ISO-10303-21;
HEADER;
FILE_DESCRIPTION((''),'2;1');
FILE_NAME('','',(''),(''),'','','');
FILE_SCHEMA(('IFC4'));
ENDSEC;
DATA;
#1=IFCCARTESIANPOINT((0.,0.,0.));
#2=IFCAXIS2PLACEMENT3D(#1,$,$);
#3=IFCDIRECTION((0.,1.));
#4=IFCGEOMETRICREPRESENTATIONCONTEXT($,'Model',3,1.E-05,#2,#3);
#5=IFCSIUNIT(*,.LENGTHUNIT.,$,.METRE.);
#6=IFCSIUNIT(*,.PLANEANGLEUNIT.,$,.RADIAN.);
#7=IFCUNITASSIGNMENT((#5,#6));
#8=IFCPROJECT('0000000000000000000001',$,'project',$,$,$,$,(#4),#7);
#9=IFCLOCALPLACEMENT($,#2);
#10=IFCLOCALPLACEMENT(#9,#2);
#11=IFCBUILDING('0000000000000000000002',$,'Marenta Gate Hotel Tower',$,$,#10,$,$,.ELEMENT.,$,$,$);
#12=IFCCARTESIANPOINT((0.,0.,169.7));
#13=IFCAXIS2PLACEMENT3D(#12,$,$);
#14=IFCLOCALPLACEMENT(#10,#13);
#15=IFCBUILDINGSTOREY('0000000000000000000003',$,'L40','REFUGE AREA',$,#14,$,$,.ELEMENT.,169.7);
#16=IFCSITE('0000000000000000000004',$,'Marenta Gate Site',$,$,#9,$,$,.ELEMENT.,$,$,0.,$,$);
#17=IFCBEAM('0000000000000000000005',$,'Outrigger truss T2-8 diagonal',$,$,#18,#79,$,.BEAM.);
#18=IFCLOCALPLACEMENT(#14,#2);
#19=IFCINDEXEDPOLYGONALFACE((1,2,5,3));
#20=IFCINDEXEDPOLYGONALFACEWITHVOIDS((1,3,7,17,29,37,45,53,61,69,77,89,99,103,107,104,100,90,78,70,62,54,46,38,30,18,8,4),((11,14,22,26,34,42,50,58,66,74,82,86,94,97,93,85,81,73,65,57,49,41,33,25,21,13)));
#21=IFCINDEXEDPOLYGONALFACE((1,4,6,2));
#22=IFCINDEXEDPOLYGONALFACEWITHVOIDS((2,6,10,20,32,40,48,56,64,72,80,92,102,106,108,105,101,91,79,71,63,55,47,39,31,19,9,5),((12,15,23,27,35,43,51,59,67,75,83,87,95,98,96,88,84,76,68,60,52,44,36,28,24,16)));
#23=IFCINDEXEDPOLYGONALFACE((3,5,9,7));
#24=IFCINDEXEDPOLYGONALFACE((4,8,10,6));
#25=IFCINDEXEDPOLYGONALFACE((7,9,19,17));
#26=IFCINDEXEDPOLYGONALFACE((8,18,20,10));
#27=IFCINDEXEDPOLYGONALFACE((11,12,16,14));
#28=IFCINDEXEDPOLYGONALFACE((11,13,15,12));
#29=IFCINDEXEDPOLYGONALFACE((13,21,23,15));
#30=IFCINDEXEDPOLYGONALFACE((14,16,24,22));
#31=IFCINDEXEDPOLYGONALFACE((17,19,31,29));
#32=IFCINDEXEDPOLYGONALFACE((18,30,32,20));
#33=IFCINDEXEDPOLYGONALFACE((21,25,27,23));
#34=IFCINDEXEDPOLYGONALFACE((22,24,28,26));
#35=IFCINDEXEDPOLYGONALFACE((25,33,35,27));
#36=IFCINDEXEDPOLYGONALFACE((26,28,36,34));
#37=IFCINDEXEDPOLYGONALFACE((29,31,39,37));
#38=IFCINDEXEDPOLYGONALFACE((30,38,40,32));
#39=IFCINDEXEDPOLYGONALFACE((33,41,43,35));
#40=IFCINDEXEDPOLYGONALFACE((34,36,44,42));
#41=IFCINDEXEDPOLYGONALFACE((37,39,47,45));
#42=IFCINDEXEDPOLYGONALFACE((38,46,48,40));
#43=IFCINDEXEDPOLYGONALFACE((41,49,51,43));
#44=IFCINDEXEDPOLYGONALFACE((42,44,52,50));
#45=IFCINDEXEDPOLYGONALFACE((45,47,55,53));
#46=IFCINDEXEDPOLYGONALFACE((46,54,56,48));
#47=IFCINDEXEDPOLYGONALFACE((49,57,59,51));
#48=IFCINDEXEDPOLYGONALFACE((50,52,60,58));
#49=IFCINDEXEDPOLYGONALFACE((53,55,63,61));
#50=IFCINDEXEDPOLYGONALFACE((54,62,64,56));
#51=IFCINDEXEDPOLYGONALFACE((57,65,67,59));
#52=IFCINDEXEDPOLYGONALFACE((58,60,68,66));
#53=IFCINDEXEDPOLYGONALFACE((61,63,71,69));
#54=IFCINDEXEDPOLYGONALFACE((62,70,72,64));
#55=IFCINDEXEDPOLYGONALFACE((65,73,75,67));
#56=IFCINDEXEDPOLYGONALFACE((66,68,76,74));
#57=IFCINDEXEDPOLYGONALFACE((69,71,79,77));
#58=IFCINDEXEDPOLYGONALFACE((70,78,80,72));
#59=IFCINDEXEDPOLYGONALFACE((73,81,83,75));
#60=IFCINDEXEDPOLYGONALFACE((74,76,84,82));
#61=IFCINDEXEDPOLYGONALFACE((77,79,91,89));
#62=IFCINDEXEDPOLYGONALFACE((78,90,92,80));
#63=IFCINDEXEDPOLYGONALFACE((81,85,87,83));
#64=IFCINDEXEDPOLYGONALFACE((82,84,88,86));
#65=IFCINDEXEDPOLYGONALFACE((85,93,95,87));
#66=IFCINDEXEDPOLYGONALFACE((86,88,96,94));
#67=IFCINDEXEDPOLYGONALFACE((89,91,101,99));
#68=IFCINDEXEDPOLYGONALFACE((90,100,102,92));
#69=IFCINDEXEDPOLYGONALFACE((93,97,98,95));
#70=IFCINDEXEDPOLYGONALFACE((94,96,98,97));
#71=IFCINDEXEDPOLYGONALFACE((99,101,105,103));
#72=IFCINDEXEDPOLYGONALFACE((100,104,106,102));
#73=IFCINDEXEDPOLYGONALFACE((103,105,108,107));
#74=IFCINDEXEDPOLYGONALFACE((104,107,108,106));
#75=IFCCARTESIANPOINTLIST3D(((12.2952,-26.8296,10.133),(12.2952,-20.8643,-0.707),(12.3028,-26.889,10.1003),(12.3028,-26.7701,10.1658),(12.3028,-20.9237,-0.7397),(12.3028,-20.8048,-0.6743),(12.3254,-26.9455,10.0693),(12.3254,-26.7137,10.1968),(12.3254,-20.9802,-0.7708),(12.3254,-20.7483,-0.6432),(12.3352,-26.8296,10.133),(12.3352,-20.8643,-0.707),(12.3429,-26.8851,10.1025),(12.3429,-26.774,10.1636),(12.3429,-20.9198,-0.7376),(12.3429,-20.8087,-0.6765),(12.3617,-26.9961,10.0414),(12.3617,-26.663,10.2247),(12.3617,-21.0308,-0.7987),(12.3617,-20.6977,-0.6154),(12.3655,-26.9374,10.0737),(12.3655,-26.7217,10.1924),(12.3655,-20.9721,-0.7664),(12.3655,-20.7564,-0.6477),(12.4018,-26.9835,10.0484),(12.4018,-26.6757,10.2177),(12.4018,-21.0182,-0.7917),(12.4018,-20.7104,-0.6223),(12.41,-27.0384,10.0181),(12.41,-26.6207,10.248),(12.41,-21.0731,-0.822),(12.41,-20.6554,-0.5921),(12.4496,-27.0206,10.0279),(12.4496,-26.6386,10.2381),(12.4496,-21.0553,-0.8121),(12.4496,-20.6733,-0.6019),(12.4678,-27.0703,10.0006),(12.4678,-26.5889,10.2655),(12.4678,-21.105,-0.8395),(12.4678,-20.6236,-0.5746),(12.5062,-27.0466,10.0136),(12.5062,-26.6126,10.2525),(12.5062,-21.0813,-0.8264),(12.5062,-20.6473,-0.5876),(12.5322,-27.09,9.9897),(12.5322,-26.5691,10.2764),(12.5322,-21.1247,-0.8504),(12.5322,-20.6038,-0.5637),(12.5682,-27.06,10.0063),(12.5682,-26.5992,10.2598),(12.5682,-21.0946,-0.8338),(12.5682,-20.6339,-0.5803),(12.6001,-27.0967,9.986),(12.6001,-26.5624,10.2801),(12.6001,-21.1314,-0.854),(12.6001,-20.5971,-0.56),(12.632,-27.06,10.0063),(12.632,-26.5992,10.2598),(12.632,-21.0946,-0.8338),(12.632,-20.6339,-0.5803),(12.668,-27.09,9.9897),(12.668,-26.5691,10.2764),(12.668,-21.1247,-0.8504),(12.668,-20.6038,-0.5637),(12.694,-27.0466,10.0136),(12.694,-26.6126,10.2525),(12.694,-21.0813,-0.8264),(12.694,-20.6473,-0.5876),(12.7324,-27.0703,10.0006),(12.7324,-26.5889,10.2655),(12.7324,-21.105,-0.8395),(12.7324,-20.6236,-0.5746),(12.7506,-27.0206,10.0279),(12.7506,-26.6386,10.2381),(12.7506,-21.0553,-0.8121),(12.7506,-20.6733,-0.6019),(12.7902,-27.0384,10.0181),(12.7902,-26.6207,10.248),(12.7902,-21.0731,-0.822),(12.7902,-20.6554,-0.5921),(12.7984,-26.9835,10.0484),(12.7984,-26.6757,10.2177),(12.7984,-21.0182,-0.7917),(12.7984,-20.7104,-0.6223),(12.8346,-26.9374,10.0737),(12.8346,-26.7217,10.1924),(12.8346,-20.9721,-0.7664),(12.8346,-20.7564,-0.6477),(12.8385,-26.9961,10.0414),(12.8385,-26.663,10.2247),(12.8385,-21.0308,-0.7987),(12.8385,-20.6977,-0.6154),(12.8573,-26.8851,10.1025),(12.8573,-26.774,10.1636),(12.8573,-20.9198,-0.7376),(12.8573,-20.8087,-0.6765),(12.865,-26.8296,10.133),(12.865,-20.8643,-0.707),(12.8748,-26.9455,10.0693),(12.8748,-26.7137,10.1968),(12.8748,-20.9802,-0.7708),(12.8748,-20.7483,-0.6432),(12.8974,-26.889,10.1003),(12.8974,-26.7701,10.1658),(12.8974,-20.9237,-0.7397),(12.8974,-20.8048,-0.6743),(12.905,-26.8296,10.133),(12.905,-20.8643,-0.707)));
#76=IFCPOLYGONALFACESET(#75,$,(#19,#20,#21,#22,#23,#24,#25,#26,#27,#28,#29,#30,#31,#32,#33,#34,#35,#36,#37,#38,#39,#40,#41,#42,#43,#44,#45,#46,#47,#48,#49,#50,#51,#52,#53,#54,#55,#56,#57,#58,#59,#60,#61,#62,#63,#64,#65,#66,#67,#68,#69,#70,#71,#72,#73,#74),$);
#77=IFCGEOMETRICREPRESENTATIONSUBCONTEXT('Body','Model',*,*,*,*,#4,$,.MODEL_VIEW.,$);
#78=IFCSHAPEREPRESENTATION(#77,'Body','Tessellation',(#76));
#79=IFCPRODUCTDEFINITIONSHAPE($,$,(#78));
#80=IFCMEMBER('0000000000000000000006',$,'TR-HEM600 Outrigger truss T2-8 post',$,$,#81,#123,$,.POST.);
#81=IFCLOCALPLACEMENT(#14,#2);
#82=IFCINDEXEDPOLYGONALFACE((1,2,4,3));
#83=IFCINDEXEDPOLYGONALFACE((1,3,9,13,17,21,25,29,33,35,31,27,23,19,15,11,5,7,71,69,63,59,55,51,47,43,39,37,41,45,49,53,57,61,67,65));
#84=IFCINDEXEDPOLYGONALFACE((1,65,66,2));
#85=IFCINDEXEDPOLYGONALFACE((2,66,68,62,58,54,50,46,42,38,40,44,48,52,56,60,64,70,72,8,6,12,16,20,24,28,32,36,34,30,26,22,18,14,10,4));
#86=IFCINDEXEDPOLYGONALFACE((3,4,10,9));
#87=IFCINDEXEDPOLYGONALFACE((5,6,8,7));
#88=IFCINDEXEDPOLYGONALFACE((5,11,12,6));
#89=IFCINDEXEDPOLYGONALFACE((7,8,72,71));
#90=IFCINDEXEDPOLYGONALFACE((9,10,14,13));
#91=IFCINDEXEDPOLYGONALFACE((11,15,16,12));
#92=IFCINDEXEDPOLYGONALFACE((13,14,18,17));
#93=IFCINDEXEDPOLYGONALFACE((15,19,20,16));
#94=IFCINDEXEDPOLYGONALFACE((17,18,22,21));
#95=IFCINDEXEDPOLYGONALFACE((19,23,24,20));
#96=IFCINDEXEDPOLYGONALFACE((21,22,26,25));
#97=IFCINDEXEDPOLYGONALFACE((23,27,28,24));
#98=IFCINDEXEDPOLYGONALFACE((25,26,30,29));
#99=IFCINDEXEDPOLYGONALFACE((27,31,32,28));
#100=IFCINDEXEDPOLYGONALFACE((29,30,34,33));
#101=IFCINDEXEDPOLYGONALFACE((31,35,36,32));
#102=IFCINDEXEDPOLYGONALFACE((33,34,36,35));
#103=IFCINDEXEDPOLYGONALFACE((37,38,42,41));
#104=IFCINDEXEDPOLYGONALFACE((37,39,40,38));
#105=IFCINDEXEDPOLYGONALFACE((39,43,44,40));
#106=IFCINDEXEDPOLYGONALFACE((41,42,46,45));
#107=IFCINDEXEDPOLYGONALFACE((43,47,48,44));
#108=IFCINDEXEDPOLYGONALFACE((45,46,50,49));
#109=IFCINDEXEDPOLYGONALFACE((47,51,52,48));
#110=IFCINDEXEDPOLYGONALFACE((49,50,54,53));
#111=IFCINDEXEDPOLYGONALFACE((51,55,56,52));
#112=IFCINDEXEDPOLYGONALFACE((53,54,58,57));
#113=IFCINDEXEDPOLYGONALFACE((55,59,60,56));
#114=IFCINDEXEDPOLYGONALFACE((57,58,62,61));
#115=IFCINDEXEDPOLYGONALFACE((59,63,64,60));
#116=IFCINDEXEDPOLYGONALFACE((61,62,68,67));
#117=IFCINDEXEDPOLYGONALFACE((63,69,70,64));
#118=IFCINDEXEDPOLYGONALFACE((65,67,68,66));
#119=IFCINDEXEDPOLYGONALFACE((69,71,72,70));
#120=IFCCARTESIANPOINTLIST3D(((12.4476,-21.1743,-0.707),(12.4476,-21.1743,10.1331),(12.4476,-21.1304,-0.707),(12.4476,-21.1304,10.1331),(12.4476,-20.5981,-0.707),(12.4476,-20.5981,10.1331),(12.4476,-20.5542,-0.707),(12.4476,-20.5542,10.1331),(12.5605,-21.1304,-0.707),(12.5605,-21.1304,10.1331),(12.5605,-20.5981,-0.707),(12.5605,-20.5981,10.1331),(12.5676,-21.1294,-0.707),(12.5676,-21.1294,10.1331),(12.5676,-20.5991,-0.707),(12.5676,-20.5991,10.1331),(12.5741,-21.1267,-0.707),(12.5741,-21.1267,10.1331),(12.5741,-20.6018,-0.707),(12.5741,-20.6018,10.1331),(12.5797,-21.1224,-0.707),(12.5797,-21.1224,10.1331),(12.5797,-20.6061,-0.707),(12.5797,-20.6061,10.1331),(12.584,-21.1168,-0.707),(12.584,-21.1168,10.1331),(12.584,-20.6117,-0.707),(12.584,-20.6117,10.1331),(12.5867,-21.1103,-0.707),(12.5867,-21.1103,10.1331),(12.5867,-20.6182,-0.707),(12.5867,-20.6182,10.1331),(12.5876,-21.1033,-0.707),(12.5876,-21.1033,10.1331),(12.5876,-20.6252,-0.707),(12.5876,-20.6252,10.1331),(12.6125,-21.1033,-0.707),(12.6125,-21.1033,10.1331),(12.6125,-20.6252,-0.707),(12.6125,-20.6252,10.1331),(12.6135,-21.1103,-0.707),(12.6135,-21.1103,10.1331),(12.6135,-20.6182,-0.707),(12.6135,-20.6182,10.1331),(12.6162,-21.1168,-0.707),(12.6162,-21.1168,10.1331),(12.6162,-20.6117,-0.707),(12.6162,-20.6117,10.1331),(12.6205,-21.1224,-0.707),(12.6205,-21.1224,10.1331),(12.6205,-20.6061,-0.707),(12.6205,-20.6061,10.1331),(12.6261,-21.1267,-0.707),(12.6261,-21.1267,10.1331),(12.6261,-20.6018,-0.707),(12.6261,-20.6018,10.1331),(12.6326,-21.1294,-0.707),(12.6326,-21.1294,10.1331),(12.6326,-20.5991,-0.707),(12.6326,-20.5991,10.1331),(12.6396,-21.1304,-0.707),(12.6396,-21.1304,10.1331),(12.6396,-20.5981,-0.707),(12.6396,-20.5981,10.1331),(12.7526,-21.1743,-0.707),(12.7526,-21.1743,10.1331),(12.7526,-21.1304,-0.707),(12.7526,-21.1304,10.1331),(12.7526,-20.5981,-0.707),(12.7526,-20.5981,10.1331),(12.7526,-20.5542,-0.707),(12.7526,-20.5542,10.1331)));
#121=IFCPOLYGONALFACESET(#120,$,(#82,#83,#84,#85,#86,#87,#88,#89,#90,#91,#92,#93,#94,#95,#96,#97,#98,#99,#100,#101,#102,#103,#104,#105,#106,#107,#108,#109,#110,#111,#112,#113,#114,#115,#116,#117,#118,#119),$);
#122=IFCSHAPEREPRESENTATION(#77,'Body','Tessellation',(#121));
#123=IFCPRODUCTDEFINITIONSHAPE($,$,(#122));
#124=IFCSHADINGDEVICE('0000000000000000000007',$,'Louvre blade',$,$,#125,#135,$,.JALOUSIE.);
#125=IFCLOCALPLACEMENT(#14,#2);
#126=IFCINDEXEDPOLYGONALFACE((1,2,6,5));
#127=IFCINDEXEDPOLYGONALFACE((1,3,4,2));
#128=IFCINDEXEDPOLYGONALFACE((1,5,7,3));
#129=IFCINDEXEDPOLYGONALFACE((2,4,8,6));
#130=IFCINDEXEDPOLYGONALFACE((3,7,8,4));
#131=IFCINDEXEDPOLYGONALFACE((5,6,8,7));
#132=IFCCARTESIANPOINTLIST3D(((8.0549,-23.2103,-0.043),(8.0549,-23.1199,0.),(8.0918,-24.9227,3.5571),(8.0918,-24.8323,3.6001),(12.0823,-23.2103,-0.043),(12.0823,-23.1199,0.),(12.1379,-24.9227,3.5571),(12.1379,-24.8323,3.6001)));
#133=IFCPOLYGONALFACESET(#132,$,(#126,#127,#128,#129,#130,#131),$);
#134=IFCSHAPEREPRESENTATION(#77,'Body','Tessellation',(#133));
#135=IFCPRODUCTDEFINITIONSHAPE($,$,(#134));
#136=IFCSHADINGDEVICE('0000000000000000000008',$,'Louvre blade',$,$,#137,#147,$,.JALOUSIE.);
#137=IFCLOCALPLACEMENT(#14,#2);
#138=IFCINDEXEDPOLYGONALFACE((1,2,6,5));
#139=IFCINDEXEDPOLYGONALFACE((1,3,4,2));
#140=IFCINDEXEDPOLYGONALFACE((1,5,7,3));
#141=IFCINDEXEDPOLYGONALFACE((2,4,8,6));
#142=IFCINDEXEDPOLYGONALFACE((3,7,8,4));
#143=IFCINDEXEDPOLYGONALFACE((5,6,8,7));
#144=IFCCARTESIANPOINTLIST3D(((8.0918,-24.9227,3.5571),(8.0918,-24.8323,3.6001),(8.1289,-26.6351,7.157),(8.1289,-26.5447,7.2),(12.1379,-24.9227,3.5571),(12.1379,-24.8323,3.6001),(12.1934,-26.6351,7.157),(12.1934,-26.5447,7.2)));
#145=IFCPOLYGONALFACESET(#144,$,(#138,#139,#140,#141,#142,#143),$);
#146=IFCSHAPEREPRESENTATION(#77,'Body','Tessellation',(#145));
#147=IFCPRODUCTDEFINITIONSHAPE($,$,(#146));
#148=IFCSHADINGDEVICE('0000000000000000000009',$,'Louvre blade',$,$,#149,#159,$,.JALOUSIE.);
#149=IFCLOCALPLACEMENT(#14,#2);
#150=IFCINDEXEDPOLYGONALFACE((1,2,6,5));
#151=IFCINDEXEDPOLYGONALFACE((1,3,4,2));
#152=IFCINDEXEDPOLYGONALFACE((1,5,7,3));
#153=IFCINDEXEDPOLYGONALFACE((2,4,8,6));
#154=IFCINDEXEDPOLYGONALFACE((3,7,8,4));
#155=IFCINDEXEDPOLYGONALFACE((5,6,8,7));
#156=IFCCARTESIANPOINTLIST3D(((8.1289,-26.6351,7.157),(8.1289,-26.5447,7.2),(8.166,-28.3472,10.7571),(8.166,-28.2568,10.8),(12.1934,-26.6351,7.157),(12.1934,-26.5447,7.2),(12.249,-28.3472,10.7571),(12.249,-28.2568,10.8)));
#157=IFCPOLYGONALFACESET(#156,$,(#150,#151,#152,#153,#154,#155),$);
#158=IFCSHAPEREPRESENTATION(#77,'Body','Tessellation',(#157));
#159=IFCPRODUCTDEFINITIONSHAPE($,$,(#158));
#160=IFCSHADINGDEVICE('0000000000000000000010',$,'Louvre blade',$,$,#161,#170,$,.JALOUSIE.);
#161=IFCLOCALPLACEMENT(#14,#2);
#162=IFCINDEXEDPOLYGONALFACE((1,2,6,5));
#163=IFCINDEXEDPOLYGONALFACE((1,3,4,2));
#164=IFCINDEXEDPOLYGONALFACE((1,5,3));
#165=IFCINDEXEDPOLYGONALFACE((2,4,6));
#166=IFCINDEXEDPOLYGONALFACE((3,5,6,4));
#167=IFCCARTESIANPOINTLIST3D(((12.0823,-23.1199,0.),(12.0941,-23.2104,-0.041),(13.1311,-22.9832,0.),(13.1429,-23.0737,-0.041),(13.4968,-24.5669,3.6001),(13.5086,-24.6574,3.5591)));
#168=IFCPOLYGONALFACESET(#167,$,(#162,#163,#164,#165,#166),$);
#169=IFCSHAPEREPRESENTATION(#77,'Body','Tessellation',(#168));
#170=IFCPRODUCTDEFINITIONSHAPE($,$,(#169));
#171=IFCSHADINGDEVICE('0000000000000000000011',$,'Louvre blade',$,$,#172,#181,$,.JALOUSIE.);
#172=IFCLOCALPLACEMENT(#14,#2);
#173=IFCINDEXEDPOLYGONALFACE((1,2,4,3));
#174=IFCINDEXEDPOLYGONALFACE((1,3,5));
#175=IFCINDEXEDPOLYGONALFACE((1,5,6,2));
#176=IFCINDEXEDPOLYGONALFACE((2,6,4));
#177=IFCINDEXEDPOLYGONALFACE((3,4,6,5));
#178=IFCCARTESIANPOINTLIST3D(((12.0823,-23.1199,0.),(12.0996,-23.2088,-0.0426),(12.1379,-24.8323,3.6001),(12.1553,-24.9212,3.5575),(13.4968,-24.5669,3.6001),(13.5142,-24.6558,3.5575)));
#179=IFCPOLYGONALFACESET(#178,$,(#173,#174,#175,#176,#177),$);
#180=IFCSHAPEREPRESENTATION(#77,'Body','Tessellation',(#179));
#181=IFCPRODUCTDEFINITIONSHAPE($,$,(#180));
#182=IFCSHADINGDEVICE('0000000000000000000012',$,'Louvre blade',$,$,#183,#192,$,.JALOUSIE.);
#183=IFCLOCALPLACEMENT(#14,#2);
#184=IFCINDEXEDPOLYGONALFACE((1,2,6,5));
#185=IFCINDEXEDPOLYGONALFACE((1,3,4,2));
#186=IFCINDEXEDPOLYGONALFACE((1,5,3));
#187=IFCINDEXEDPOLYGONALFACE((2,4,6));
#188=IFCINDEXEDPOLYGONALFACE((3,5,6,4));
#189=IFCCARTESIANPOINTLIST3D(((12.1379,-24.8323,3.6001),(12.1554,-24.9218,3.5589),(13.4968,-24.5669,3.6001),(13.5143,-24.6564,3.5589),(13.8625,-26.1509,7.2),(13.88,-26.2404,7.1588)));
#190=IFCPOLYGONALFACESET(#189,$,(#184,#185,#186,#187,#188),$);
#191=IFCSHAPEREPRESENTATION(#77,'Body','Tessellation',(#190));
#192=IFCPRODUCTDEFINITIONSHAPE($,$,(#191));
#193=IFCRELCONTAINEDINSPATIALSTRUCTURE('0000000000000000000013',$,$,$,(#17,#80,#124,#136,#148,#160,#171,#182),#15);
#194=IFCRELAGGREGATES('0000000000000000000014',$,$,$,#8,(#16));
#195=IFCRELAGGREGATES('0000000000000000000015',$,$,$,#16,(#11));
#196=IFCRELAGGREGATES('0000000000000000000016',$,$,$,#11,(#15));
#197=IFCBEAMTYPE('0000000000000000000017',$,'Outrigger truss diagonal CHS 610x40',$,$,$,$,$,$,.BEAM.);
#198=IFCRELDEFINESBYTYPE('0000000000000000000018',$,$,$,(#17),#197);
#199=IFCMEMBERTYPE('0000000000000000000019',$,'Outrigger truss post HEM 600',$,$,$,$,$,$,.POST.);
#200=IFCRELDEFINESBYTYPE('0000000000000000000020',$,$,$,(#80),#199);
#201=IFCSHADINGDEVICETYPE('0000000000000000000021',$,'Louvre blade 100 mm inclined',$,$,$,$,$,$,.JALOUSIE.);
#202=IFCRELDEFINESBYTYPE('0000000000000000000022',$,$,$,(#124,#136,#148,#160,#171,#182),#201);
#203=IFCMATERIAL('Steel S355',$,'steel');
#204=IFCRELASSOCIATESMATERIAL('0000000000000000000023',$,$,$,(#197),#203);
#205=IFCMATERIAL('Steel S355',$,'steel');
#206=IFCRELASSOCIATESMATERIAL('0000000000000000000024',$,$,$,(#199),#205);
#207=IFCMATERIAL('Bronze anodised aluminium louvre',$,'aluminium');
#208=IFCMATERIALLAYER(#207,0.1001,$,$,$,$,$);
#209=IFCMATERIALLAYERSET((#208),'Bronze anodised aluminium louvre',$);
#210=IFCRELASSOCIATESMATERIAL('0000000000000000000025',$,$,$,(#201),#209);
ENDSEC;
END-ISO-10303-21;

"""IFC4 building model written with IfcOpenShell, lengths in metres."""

from ifc_helpers import new_model, si_unit, direction, frame, origin, origin_2d, place, context, subcontext, project, spatial, polyline, hollow_circle, i_section, outline, extrude, material, layer, layer_set, material_profile, profile_set, type_object, element, save


model = new_model("IFC4")

# Units and contexts
model_context = context("Model", 3, precision=1e-05, world=origin(), true_north=direction((0.0, 1.0)))
body_context = subcontext(model_context, "Body", "Model", "MODEL_VIEW")
ifc_project = project(units=[si_unit("LENGTHUNIT", "METRE"), si_unit("PLANEANGLEUNIT", "RADIAN")], contexts=[model_context])

# Site, building, storey
site_placement = place(None, origin())
site = spatial("IfcSite", under=ifc_project, at=site_placement, Name="Marenta Gate Site", CompositionType="ELEMENT", RefElevation=0.0)
building_placement = place(site_placement, origin())
building = spatial("IfcBuilding", under=site, at=building_placement, Name="Marenta Gate Hotel Tower", CompositionType="ELEMENT")
storey_placement = place(building_placement, frame((0.0, 0.0, 169.7)))
storey = spatial("IfcBuildingStorey", under=building, at=storey_placement, Name="L40", Description="REFUGE AREA", CompositionType="ELEMENT", Elevation=169.7)

# Beam
ifc_material_1 = material(Name="Steel S355", Category="steel")
ifc_material_profile_1 = material_profile(ifc_material_1, hollow_circle(Radius=0.3049, WallThickness=0.04, at=origin_2d()), Name="CHS 610x40")
ifc_profile_set_1 = profile_set([ifc_material_profile_1], Name="Steel S355")
beam_type_1 = type_object("IfcBeamType", Name="Outrigger truss diagonal CHS 610x40", PredefinedType="BEAM", material=ifc_profile_set_1)
beam_1_placement = place(storey_placement, frame((12.6001, -20.8643, -0.707), z_axis=(0.0, -0.482122, 0.876104), x_axis=(1.0, 0.0, 0.0)))
element("IfcBeam", 1, at=beam_1_placement, inside=storey, type_object=beam_type_1, Name="Outrigger truss T2-8 diagonal", PredefinedType="BEAM", context=body_context, shape_type="SweptSolid", body=[
    extrude(hollow_circle(Radius=0.3049, WallThickness=0.04, at=origin_2d()), origin(), (0.0, 0.0, 1.0), 12.373),
])

# Member
ifc_material_2 = material(Name="Steel S355", Category="steel")
ifc_material_profile_2 = material_profile(ifc_material_2, i_section(OverallWidth=0.3049, OverallDepth=0.6201, WebThickness=0.0249, FlangeThickness=0.0439, FilletRadius=0.0271, at=origin_2d()), Name="HEM 600")
ifc_profile_set_2 = profile_set([ifc_material_profile_2], Name="Steel S355")
member_type_1 = type_object("IfcMemberType", Name="Outrigger truss post HEM 600", PredefinedType="POST", material=ifc_profile_set_2)
member_1_placement = place(storey_placement, frame((12.6001, -20.8643, -0.707), z_axis=(0.0, 0.0, 1.0), x_axis=(1.0, 0.0, 0.0)))
element("IfcMember", 2, at=member_1_placement, inside=storey, type_object=member_type_1, Name="TR-HEM600 Outrigger truss T2-8 post", PredefinedType="POST", context=body_context, shape_type="SweptSolid", body=[
    extrude(i_section(OverallWidth=0.3049, OverallDepth=0.6201, WebThickness=0.0249, FlangeThickness=0.0439, FilletRadius=0.0271, at=origin_2d()), origin(), (0.0, 0.0, 1.0), 10.8401),
])

# Shading devices
ifc_material_3 = material(Name="Bronze anodised aluminium louvre", Category="aluminium")
ifc_layer = layer(ifc_material_3, 0.1001)
ifc_layer_set = layer_set([ifc_layer], Name="Bronze anodised aluminium louvre")
shading_device_type = type_object("IfcShadingDeviceType", Name="Louvre blade 100 mm inclined", PredefinedType="JALOUSIE", material=ifc_layer_set)
shading_device_1_placement = place(storey_placement, frame((8.0549, -23.1199, 0.0), z_axis=(0.0, 0.903048, 0.429539), x_axis=(1.0, 0.0, 0.0)))
element("IfcShadingDevice", 3, at=shading_device_1_placement, inside=storey, type_object=shading_device_type, Name="Louvre blade", PredefinedType="JALOUSIE", context=body_context, shape_type="SweptSolid", body=[
    extrude(outline(polyline([(0.0, 0.0), (4.0273, 0.0), (4.083, -3.9866), (0.0369, -3.9866), (0.0, 0.0)])), origin(), (0.0, 0.0, -1.0), 0.1001),
])
shading_device_2_placement = place(storey_placement, frame((8.0918, -24.8323, 3.6001), z_axis=(0.0, 0.903037, 0.429563), x_axis=(1.0, 0.0, 0.0)))
element("IfcShadingDevice", 4, at=shading_device_2_placement, inside=storey, type_object=shading_device_type, Name="Louvre blade", PredefinedType="JALOUSIE", context=body_context, shape_type="SweptSolid", body=[
    extrude(outline(polyline([(0.0, 0.0), (4.0461, 0.0), (4.1016, -3.9864), (0.0371, -3.9864), (0.0, 0.0)])), origin(), (0.0, 0.0, -1.0), 0.1001),
])
shading_device_3_placement = place(storey_placement, frame((8.1289, -26.5447, 7.2), z_axis=(0.0, 0.903072, 0.429489), x_axis=(1.0, 0.0, 0.0)))
element("IfcShadingDevice", 5, at=shading_device_3_placement, inside=storey, type_object=shading_device_type, Name="Louvre blade", PredefinedType="JALOUSIE", context=body_context, shape_type="SweptSolid", body=[
    extrude(outline(polyline([(0.0, 0.0), (4.0645, 0.0), (4.1201, -3.9865), (0.0371, -3.9865), (0.0, 0.0)])), origin(), (0.0, 0.0, -1.0), 0.1001),
])
shading_device_4_placement = place(storey_placement, frame((12.0823, -23.1199, 0.0), z_axis=(-0.117904, 0.904489, 0.409876), x_axis=(0.991611, 0.12926, 0.0)))
element("IfcShadingDevice", 6, at=shading_device_4_placement, inside=storey, type_object=shading_device_type, Name="Louvre blade", PredefinedType="JALOUSIE", context=body_context, shape_type="SweptSolid", body=[
    extrude(outline(polyline([(0.0, 0.0), (1.0577, 0.0), (1.2156, -3.9469), (0.0, 0.0)])), origin(), (0.0, 0.0, -1.0), 0.1001),
])
shading_device_5_placement = place(storey_placement, frame((12.0823, -23.1199, 0.0), z_axis=(-0.173481, 0.888312, 0.425212), x_axis=(0.34252, -0.350382, 0.871729)))
element("IfcShadingDevice", 7, at=shading_device_5_placement, inside=storey, type_object=shading_device_type, Name="Louvre blade", PredefinedType="JALOUSIE", context=body_context, shape_type="SweptSolid", body=[
    extrude(outline(polyline([(0.0, 0.0), (4.1298, 0.0), (3.7574, -1.3335), (0.0, 0.0)])), origin(), (0.0, 0.0, -1.0), 0.1001),
])
shading_device_6_placement = place(storey_placement, frame((12.1379, -24.8323, 3.6001), z_axis=(-0.174703, 0.894569, 0.411371), x_axis=(0.981459, 0.191672, 0.0)))
element("IfcShadingDevice", 8, at=shading_device_6_placement, inside=storey, type_object=shading_device_type, Name="Louvre blade", PredefinedType="JALOUSIE", context=body_context, shape_type="SweptSolid", body=[
    extrude(outline(polyline([(0.0, 0.0), (1.3846, 0.0), (1.4399, -3.9495), (0.0, 0.0)])), origin(), (0.0, 0.0, -1.0), 0.1001),
])

save(model, "model.ifc")
